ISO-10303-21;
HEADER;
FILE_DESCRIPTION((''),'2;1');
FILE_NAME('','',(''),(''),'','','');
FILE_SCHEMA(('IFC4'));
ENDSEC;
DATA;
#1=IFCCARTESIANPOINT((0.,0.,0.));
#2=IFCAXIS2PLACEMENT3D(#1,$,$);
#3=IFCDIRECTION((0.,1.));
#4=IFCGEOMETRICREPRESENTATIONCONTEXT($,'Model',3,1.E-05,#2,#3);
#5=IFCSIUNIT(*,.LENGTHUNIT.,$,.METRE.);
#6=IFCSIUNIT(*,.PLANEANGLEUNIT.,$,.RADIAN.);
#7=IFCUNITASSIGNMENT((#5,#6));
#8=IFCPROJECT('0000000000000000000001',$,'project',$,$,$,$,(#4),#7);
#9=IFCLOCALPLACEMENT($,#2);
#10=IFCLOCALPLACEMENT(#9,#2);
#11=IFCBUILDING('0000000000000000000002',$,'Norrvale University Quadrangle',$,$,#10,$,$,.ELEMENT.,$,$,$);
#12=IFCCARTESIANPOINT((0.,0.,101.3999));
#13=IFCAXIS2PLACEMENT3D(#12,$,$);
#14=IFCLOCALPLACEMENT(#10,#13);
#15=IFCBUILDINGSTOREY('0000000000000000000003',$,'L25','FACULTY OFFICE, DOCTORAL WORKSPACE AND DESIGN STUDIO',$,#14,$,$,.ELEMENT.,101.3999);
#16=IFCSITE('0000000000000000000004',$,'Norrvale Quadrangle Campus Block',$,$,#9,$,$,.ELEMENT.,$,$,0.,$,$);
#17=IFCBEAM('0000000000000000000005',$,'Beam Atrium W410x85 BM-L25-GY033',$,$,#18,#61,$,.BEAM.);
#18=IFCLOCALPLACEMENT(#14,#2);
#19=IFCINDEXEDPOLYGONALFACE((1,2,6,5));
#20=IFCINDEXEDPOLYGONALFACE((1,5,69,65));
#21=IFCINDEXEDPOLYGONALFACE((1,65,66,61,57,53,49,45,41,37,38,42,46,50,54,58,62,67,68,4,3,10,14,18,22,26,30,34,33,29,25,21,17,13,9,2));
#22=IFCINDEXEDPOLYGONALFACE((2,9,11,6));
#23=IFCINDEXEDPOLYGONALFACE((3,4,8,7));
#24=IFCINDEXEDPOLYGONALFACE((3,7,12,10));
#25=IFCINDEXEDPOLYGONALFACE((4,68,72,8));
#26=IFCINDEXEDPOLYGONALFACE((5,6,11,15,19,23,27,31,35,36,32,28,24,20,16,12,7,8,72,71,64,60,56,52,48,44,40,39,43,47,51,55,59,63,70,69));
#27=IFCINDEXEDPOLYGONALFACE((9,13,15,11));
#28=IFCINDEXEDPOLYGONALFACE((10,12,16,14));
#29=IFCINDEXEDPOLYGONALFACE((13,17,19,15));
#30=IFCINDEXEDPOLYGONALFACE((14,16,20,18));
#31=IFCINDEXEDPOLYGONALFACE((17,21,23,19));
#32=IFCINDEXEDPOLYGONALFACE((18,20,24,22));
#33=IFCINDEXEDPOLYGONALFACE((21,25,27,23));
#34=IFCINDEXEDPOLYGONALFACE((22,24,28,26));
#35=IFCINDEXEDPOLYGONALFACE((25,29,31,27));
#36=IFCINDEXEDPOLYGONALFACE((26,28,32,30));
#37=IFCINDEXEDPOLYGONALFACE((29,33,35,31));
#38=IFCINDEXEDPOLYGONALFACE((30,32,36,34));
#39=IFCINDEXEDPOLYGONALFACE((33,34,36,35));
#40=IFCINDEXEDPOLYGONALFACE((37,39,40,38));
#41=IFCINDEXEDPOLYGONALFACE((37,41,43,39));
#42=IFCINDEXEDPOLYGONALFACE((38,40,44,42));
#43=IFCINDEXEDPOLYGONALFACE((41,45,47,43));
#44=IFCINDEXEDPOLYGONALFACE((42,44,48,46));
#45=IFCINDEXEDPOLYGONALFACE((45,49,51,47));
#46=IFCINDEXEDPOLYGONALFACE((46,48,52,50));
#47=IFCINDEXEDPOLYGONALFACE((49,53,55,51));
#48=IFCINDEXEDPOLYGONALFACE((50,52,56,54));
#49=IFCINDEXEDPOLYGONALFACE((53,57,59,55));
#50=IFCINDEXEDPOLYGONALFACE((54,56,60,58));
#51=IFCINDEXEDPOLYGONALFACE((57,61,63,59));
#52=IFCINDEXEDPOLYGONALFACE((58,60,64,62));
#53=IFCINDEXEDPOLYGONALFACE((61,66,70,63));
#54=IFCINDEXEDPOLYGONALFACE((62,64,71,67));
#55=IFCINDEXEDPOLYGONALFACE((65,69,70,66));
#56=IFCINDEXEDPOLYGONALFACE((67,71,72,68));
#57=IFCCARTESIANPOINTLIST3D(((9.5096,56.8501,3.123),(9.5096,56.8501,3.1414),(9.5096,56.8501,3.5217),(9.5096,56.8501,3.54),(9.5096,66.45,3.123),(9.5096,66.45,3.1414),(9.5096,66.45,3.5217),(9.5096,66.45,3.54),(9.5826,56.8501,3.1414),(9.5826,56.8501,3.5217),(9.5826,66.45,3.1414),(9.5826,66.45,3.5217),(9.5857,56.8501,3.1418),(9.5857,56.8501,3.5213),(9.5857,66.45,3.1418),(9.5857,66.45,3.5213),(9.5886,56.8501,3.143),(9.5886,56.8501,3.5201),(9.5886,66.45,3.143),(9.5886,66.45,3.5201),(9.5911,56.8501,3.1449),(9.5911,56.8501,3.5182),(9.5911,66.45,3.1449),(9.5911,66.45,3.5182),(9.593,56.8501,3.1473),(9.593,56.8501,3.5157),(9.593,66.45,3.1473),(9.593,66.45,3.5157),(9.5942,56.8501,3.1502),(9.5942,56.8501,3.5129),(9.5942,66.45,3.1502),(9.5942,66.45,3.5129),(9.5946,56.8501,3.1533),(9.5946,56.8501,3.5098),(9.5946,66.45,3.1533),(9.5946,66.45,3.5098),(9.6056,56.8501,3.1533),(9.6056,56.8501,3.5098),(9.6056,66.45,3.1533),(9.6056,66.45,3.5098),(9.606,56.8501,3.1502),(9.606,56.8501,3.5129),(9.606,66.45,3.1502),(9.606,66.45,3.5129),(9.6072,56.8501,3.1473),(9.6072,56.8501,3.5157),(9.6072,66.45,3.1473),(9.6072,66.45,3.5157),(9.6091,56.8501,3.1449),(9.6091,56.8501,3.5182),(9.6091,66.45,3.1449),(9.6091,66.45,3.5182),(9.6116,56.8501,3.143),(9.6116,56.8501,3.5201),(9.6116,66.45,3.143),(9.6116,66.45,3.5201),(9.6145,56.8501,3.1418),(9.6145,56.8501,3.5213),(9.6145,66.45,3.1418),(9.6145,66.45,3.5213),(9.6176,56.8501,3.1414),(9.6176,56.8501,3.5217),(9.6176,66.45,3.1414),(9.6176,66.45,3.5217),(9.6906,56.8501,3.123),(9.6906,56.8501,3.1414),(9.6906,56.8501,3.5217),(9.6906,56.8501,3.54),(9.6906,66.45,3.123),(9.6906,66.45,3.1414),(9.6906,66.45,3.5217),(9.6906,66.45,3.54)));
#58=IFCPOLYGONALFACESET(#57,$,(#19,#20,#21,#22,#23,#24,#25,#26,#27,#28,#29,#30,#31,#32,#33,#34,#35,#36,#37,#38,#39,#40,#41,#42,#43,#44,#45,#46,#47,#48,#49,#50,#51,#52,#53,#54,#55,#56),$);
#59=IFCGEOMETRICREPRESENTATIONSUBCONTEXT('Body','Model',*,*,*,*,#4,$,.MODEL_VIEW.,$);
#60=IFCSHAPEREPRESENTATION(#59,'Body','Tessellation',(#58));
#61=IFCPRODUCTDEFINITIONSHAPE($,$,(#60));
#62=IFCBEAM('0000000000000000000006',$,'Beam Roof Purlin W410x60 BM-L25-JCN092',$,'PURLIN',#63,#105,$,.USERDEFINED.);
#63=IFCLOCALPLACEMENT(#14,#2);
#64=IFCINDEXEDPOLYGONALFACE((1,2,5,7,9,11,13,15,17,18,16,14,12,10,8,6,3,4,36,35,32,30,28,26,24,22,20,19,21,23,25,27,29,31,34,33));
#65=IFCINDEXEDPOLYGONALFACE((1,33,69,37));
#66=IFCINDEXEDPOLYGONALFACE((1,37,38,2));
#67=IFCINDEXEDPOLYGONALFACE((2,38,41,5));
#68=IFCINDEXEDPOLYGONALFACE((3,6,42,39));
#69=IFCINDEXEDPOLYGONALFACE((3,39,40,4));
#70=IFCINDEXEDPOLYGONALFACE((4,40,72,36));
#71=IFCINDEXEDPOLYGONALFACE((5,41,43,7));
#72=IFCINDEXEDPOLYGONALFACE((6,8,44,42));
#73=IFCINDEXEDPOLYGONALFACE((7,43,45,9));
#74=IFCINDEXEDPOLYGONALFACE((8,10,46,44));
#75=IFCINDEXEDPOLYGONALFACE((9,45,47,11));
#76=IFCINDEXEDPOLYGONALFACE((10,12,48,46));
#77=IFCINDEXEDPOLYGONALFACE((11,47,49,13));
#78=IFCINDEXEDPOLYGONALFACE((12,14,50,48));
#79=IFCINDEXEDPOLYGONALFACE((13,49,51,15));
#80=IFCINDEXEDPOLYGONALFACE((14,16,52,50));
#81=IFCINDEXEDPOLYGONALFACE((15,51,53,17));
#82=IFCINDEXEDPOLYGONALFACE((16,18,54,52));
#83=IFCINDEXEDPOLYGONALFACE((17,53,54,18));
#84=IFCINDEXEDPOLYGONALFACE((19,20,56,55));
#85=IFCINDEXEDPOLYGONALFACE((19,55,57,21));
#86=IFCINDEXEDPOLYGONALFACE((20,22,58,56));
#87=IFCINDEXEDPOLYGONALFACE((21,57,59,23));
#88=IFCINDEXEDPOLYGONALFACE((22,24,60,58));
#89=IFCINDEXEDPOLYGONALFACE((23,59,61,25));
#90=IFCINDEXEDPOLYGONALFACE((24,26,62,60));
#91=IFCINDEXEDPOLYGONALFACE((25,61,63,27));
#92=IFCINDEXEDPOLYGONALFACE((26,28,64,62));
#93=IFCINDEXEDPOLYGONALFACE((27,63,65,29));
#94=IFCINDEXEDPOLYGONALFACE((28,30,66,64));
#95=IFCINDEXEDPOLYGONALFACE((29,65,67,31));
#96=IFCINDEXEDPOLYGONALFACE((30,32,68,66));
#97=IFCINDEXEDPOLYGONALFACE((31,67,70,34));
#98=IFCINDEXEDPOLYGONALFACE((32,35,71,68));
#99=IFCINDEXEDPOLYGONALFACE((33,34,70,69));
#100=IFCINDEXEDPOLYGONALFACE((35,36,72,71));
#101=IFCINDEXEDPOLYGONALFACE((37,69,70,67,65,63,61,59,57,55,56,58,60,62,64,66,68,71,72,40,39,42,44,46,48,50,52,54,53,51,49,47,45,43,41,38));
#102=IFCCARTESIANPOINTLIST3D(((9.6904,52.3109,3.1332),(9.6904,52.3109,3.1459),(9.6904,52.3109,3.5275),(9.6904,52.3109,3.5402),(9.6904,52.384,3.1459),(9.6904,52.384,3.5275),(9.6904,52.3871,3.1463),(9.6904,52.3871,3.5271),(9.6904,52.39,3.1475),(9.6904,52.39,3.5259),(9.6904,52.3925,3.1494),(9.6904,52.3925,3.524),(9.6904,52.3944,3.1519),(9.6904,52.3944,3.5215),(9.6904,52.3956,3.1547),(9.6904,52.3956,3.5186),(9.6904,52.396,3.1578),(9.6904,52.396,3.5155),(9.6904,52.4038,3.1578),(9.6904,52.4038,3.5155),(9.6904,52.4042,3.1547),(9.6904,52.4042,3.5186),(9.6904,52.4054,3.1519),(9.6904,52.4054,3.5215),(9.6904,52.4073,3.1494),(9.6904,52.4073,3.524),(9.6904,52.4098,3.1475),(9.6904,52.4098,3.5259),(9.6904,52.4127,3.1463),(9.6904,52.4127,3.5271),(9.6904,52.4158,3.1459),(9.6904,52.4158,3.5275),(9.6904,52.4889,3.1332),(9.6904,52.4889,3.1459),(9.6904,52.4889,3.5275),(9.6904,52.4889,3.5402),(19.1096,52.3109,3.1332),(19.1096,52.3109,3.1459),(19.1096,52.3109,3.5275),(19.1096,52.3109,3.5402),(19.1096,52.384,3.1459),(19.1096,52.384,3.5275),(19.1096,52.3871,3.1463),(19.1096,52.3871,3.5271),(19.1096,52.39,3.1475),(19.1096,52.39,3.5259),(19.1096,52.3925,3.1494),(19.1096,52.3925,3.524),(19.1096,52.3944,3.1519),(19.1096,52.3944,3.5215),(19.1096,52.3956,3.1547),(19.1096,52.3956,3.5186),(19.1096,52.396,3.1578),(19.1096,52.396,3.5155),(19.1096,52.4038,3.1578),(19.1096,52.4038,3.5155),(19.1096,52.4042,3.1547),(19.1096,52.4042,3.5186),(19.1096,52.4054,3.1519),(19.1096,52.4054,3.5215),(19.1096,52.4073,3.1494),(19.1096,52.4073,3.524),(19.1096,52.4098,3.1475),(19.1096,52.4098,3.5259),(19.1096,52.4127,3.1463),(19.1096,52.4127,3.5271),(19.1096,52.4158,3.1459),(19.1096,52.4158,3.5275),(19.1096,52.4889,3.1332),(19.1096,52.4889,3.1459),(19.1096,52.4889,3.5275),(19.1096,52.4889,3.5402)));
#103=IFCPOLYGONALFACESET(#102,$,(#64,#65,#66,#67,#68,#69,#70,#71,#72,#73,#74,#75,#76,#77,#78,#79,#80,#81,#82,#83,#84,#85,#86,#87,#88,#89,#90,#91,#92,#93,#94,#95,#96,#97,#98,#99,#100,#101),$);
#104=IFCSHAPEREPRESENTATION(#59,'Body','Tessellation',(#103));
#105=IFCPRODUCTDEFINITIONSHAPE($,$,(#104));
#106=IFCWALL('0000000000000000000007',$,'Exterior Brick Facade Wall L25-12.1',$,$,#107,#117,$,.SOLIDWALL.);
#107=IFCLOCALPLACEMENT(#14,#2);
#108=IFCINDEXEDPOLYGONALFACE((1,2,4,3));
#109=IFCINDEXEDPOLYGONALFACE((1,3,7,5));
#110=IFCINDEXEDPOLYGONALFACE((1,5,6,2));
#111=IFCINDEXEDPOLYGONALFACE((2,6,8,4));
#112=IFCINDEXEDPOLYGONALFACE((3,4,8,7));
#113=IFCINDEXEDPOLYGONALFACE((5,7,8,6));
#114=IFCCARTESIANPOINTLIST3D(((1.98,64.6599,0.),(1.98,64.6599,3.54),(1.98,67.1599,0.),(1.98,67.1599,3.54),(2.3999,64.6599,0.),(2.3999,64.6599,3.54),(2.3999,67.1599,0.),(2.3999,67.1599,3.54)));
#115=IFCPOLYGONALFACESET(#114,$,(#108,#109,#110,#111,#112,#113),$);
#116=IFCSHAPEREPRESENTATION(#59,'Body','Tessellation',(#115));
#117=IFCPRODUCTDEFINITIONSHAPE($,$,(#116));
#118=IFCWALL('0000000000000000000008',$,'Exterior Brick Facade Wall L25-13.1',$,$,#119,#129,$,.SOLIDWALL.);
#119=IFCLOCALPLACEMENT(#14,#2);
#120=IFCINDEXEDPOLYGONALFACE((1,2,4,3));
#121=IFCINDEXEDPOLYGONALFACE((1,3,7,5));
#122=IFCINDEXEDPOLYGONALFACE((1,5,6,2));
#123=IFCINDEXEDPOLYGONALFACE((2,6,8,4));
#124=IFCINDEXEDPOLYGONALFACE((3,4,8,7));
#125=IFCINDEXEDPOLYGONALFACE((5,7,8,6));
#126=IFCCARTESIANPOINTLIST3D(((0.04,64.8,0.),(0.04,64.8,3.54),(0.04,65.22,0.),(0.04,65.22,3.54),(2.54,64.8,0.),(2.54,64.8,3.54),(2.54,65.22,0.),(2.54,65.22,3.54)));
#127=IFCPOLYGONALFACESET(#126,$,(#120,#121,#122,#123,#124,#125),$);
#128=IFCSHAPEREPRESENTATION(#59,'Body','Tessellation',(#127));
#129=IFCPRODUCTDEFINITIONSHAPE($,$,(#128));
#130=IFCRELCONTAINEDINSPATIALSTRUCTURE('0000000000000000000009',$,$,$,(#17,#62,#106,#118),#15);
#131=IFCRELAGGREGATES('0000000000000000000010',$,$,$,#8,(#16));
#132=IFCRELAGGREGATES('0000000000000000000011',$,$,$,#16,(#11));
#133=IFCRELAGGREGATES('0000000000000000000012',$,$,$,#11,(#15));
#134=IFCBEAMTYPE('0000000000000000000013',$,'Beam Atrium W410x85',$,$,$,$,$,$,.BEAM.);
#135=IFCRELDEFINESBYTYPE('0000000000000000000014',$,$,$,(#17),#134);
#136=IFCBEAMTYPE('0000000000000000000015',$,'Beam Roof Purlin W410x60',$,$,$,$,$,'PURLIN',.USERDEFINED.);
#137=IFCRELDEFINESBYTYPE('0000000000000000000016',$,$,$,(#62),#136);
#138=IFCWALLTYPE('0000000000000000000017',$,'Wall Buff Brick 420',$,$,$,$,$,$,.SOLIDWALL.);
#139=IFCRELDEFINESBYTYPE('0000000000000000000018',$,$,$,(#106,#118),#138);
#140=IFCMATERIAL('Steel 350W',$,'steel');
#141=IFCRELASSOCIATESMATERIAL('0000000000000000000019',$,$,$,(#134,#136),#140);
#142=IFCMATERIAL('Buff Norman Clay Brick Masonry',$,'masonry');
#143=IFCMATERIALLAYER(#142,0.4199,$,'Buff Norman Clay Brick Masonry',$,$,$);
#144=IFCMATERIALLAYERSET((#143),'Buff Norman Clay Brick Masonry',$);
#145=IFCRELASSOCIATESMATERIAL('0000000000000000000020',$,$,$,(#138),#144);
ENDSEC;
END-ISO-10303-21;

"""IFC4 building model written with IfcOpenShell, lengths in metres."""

from ifc_helpers import new_model, si_unit, direction, frame, frame_2d, origin, origin_2d, place, context, subcontext, project, spatial, rectangle, i_section, extrude, material, layer, layer_set, material_profile, profile_set, type_object, element, save


model = new_model("IFC4")

# Units and contexts
model_context = context("Model", 3, precision=1e-05, world=origin(), true_north=direction((0.0, 1.0)))
body_context = subcontext(model_context, "Body", "Model", "MODEL_VIEW")
ifc_project = project(units=[si_unit("LENGTHUNIT", "METRE"), si_unit("PLANEANGLEUNIT", "RADIAN")], contexts=[model_context])

# Site, building, storey
site_placement = place(None, origin())
site = spatial("IfcSite", under=ifc_project, at=site_placement, Name="Norrvale Quadrangle Campus Block", CompositionType="ELEMENT", RefElevation=0.0)
building_placement = place(site_placement, origin())
building = spatial("IfcBuilding", under=site, at=building_placement, Name="Norrvale University Quadrangle", CompositionType="ELEMENT")
storey_placement = place(building_placement, frame((0.0, 0.0, 101.3999)))
storey = spatial("IfcBuildingStorey", under=building, at=storey_placement, Name="L25", Description="FACULTY OFFICE, DOCTORAL WORKSPACE AND DESIGN STUDIO", CompositionType="ELEMENT", Elevation=101.3999)

# Beams
ifc_material_1 = material(Name="Steel 350W", Category="steel")
ifc_material_profile_1 = material_profile(ifc_material_1, i_section(OverallWidth=0.1809, OverallDepth=0.417, WebThickness=0.011, FlangeThickness=0.0183, FilletRadius=0.012, at=origin_2d()), Name="Steel 350W")
ifc_profile_set_1 = profile_set([ifc_material_profile_1], Name="Steel 350W")
beam_type_1 = type_object("IfcBeamType", Name="Beam Atrium W410x85", PredefinedType="BEAM", material=ifc_profile_set_1)
for number, where, z_axis, x_axis, name in (
    (1, (9.6001, 56.8501, 3.3315), (0.0, 1.0, 0.0), (-1.0, 0.0, 0.0), "Beam Atrium W410x85 BM-L25-GY033"),
):
    element("IfcBeam", number, at=place(storey_placement, frame(where, z_axis=z_axis, x_axis=x_axis)), inside=storey, type_object=beam_type_1, Name=name, PredefinedType="BEAM", context=body_context, shape_type="SweptSolid", body=[
        extrude(i_section(OverallWidth=0.1809, OverallDepth=0.417, WebThickness=0.011, FlangeThickness=0.0183, FilletRadius=0.012, at=origin_2d()), origin(), (0.0, 0.0, 1.0), 9.5999),
    ])
ifc_material_profile_2 = material_profile(ifc_material_1, i_section(OverallWidth=0.178, OverallDepth=0.407, WebThickness=0.0078, FlangeThickness=0.0127, FilletRadius=0.012, at=origin_2d()), Name="Steel 350W")
ifc_profile_set_2 = profile_set([ifc_material_profile_2], Name="Steel 350W")
beam_type_2 = type_object("IfcBeamType", Name="Beam Roof Purlin W410x60", ElementType="PURLIN", PredefinedType="USERDEFINED", material=ifc_profile_set_2)
beam_1_placement = place(storey_placement, frame((9.6904, 52.3999, 3.3367), z_axis=(1.0, 0.0, 0.0), x_axis=(0.0, 1.0, 0.0)))
element("IfcBeam", 2, at=beam_1_placement, inside=storey, type_object=beam_type_2, Name="Beam Roof Purlin W410x60 BM-L25-JCN092", ObjectType="PURLIN", PredefinedType="USERDEFINED", context=body_context, shape_type="SweptSolid", body=[
    extrude(i_section(OverallWidth=0.178, OverallDepth=0.407, WebThickness=0.0078, FlangeThickness=0.0127, FilletRadius=0.012, at=origin_2d()), origin(), (0.0, 0.0, 1.0), 9.4192),
])

# Walls
ifc_material_2 = material(Name="Buff Norman Clay Brick Masonry", Category="masonry")
ifc_layer = layer(ifc_material_2, 0.4199, Name="Buff Norman Clay Brick Masonry")
ifc_layer_set = layer_set([ifc_layer], Name="Buff Norman Clay Brick Masonry")
wall_type = type_object("IfcWallType", Name="Wall Buff Brick 420", PredefinedType="SOLIDWALL", material=ifc_layer_set)
for number, where, z_axis, x_axis, name in (
    (3, (2.1899, 67.1599, 0.0), (0.0, 0.0, 1.0), (0.0, -1.0, 0.0), "Exterior Brick Facade Wall L25-12.1"),
    (4, (2.54, 65.01, 0.0), (0.0, 0.0, 1.0), (-1.0, 0.0, 0.0), "Exterior Brick Facade Wall L25-13.1"),
):
    element("IfcWall", number, at=place(storey_placement, frame(where, z_axis=z_axis, x_axis=x_axis)), inside=storey, type_object=wall_type, Name=name, PredefinedType="SOLIDWALL", context=body_context, shape_type="SweptSolid", body=[
        extrude(rectangle(XDim=2.5, YDim=0.4199, at=frame_2d((1.25, 0.0))), origin(), (0.0, 0.0, 1.0), 3.54),
    ])

save(model, "model.ifc")
